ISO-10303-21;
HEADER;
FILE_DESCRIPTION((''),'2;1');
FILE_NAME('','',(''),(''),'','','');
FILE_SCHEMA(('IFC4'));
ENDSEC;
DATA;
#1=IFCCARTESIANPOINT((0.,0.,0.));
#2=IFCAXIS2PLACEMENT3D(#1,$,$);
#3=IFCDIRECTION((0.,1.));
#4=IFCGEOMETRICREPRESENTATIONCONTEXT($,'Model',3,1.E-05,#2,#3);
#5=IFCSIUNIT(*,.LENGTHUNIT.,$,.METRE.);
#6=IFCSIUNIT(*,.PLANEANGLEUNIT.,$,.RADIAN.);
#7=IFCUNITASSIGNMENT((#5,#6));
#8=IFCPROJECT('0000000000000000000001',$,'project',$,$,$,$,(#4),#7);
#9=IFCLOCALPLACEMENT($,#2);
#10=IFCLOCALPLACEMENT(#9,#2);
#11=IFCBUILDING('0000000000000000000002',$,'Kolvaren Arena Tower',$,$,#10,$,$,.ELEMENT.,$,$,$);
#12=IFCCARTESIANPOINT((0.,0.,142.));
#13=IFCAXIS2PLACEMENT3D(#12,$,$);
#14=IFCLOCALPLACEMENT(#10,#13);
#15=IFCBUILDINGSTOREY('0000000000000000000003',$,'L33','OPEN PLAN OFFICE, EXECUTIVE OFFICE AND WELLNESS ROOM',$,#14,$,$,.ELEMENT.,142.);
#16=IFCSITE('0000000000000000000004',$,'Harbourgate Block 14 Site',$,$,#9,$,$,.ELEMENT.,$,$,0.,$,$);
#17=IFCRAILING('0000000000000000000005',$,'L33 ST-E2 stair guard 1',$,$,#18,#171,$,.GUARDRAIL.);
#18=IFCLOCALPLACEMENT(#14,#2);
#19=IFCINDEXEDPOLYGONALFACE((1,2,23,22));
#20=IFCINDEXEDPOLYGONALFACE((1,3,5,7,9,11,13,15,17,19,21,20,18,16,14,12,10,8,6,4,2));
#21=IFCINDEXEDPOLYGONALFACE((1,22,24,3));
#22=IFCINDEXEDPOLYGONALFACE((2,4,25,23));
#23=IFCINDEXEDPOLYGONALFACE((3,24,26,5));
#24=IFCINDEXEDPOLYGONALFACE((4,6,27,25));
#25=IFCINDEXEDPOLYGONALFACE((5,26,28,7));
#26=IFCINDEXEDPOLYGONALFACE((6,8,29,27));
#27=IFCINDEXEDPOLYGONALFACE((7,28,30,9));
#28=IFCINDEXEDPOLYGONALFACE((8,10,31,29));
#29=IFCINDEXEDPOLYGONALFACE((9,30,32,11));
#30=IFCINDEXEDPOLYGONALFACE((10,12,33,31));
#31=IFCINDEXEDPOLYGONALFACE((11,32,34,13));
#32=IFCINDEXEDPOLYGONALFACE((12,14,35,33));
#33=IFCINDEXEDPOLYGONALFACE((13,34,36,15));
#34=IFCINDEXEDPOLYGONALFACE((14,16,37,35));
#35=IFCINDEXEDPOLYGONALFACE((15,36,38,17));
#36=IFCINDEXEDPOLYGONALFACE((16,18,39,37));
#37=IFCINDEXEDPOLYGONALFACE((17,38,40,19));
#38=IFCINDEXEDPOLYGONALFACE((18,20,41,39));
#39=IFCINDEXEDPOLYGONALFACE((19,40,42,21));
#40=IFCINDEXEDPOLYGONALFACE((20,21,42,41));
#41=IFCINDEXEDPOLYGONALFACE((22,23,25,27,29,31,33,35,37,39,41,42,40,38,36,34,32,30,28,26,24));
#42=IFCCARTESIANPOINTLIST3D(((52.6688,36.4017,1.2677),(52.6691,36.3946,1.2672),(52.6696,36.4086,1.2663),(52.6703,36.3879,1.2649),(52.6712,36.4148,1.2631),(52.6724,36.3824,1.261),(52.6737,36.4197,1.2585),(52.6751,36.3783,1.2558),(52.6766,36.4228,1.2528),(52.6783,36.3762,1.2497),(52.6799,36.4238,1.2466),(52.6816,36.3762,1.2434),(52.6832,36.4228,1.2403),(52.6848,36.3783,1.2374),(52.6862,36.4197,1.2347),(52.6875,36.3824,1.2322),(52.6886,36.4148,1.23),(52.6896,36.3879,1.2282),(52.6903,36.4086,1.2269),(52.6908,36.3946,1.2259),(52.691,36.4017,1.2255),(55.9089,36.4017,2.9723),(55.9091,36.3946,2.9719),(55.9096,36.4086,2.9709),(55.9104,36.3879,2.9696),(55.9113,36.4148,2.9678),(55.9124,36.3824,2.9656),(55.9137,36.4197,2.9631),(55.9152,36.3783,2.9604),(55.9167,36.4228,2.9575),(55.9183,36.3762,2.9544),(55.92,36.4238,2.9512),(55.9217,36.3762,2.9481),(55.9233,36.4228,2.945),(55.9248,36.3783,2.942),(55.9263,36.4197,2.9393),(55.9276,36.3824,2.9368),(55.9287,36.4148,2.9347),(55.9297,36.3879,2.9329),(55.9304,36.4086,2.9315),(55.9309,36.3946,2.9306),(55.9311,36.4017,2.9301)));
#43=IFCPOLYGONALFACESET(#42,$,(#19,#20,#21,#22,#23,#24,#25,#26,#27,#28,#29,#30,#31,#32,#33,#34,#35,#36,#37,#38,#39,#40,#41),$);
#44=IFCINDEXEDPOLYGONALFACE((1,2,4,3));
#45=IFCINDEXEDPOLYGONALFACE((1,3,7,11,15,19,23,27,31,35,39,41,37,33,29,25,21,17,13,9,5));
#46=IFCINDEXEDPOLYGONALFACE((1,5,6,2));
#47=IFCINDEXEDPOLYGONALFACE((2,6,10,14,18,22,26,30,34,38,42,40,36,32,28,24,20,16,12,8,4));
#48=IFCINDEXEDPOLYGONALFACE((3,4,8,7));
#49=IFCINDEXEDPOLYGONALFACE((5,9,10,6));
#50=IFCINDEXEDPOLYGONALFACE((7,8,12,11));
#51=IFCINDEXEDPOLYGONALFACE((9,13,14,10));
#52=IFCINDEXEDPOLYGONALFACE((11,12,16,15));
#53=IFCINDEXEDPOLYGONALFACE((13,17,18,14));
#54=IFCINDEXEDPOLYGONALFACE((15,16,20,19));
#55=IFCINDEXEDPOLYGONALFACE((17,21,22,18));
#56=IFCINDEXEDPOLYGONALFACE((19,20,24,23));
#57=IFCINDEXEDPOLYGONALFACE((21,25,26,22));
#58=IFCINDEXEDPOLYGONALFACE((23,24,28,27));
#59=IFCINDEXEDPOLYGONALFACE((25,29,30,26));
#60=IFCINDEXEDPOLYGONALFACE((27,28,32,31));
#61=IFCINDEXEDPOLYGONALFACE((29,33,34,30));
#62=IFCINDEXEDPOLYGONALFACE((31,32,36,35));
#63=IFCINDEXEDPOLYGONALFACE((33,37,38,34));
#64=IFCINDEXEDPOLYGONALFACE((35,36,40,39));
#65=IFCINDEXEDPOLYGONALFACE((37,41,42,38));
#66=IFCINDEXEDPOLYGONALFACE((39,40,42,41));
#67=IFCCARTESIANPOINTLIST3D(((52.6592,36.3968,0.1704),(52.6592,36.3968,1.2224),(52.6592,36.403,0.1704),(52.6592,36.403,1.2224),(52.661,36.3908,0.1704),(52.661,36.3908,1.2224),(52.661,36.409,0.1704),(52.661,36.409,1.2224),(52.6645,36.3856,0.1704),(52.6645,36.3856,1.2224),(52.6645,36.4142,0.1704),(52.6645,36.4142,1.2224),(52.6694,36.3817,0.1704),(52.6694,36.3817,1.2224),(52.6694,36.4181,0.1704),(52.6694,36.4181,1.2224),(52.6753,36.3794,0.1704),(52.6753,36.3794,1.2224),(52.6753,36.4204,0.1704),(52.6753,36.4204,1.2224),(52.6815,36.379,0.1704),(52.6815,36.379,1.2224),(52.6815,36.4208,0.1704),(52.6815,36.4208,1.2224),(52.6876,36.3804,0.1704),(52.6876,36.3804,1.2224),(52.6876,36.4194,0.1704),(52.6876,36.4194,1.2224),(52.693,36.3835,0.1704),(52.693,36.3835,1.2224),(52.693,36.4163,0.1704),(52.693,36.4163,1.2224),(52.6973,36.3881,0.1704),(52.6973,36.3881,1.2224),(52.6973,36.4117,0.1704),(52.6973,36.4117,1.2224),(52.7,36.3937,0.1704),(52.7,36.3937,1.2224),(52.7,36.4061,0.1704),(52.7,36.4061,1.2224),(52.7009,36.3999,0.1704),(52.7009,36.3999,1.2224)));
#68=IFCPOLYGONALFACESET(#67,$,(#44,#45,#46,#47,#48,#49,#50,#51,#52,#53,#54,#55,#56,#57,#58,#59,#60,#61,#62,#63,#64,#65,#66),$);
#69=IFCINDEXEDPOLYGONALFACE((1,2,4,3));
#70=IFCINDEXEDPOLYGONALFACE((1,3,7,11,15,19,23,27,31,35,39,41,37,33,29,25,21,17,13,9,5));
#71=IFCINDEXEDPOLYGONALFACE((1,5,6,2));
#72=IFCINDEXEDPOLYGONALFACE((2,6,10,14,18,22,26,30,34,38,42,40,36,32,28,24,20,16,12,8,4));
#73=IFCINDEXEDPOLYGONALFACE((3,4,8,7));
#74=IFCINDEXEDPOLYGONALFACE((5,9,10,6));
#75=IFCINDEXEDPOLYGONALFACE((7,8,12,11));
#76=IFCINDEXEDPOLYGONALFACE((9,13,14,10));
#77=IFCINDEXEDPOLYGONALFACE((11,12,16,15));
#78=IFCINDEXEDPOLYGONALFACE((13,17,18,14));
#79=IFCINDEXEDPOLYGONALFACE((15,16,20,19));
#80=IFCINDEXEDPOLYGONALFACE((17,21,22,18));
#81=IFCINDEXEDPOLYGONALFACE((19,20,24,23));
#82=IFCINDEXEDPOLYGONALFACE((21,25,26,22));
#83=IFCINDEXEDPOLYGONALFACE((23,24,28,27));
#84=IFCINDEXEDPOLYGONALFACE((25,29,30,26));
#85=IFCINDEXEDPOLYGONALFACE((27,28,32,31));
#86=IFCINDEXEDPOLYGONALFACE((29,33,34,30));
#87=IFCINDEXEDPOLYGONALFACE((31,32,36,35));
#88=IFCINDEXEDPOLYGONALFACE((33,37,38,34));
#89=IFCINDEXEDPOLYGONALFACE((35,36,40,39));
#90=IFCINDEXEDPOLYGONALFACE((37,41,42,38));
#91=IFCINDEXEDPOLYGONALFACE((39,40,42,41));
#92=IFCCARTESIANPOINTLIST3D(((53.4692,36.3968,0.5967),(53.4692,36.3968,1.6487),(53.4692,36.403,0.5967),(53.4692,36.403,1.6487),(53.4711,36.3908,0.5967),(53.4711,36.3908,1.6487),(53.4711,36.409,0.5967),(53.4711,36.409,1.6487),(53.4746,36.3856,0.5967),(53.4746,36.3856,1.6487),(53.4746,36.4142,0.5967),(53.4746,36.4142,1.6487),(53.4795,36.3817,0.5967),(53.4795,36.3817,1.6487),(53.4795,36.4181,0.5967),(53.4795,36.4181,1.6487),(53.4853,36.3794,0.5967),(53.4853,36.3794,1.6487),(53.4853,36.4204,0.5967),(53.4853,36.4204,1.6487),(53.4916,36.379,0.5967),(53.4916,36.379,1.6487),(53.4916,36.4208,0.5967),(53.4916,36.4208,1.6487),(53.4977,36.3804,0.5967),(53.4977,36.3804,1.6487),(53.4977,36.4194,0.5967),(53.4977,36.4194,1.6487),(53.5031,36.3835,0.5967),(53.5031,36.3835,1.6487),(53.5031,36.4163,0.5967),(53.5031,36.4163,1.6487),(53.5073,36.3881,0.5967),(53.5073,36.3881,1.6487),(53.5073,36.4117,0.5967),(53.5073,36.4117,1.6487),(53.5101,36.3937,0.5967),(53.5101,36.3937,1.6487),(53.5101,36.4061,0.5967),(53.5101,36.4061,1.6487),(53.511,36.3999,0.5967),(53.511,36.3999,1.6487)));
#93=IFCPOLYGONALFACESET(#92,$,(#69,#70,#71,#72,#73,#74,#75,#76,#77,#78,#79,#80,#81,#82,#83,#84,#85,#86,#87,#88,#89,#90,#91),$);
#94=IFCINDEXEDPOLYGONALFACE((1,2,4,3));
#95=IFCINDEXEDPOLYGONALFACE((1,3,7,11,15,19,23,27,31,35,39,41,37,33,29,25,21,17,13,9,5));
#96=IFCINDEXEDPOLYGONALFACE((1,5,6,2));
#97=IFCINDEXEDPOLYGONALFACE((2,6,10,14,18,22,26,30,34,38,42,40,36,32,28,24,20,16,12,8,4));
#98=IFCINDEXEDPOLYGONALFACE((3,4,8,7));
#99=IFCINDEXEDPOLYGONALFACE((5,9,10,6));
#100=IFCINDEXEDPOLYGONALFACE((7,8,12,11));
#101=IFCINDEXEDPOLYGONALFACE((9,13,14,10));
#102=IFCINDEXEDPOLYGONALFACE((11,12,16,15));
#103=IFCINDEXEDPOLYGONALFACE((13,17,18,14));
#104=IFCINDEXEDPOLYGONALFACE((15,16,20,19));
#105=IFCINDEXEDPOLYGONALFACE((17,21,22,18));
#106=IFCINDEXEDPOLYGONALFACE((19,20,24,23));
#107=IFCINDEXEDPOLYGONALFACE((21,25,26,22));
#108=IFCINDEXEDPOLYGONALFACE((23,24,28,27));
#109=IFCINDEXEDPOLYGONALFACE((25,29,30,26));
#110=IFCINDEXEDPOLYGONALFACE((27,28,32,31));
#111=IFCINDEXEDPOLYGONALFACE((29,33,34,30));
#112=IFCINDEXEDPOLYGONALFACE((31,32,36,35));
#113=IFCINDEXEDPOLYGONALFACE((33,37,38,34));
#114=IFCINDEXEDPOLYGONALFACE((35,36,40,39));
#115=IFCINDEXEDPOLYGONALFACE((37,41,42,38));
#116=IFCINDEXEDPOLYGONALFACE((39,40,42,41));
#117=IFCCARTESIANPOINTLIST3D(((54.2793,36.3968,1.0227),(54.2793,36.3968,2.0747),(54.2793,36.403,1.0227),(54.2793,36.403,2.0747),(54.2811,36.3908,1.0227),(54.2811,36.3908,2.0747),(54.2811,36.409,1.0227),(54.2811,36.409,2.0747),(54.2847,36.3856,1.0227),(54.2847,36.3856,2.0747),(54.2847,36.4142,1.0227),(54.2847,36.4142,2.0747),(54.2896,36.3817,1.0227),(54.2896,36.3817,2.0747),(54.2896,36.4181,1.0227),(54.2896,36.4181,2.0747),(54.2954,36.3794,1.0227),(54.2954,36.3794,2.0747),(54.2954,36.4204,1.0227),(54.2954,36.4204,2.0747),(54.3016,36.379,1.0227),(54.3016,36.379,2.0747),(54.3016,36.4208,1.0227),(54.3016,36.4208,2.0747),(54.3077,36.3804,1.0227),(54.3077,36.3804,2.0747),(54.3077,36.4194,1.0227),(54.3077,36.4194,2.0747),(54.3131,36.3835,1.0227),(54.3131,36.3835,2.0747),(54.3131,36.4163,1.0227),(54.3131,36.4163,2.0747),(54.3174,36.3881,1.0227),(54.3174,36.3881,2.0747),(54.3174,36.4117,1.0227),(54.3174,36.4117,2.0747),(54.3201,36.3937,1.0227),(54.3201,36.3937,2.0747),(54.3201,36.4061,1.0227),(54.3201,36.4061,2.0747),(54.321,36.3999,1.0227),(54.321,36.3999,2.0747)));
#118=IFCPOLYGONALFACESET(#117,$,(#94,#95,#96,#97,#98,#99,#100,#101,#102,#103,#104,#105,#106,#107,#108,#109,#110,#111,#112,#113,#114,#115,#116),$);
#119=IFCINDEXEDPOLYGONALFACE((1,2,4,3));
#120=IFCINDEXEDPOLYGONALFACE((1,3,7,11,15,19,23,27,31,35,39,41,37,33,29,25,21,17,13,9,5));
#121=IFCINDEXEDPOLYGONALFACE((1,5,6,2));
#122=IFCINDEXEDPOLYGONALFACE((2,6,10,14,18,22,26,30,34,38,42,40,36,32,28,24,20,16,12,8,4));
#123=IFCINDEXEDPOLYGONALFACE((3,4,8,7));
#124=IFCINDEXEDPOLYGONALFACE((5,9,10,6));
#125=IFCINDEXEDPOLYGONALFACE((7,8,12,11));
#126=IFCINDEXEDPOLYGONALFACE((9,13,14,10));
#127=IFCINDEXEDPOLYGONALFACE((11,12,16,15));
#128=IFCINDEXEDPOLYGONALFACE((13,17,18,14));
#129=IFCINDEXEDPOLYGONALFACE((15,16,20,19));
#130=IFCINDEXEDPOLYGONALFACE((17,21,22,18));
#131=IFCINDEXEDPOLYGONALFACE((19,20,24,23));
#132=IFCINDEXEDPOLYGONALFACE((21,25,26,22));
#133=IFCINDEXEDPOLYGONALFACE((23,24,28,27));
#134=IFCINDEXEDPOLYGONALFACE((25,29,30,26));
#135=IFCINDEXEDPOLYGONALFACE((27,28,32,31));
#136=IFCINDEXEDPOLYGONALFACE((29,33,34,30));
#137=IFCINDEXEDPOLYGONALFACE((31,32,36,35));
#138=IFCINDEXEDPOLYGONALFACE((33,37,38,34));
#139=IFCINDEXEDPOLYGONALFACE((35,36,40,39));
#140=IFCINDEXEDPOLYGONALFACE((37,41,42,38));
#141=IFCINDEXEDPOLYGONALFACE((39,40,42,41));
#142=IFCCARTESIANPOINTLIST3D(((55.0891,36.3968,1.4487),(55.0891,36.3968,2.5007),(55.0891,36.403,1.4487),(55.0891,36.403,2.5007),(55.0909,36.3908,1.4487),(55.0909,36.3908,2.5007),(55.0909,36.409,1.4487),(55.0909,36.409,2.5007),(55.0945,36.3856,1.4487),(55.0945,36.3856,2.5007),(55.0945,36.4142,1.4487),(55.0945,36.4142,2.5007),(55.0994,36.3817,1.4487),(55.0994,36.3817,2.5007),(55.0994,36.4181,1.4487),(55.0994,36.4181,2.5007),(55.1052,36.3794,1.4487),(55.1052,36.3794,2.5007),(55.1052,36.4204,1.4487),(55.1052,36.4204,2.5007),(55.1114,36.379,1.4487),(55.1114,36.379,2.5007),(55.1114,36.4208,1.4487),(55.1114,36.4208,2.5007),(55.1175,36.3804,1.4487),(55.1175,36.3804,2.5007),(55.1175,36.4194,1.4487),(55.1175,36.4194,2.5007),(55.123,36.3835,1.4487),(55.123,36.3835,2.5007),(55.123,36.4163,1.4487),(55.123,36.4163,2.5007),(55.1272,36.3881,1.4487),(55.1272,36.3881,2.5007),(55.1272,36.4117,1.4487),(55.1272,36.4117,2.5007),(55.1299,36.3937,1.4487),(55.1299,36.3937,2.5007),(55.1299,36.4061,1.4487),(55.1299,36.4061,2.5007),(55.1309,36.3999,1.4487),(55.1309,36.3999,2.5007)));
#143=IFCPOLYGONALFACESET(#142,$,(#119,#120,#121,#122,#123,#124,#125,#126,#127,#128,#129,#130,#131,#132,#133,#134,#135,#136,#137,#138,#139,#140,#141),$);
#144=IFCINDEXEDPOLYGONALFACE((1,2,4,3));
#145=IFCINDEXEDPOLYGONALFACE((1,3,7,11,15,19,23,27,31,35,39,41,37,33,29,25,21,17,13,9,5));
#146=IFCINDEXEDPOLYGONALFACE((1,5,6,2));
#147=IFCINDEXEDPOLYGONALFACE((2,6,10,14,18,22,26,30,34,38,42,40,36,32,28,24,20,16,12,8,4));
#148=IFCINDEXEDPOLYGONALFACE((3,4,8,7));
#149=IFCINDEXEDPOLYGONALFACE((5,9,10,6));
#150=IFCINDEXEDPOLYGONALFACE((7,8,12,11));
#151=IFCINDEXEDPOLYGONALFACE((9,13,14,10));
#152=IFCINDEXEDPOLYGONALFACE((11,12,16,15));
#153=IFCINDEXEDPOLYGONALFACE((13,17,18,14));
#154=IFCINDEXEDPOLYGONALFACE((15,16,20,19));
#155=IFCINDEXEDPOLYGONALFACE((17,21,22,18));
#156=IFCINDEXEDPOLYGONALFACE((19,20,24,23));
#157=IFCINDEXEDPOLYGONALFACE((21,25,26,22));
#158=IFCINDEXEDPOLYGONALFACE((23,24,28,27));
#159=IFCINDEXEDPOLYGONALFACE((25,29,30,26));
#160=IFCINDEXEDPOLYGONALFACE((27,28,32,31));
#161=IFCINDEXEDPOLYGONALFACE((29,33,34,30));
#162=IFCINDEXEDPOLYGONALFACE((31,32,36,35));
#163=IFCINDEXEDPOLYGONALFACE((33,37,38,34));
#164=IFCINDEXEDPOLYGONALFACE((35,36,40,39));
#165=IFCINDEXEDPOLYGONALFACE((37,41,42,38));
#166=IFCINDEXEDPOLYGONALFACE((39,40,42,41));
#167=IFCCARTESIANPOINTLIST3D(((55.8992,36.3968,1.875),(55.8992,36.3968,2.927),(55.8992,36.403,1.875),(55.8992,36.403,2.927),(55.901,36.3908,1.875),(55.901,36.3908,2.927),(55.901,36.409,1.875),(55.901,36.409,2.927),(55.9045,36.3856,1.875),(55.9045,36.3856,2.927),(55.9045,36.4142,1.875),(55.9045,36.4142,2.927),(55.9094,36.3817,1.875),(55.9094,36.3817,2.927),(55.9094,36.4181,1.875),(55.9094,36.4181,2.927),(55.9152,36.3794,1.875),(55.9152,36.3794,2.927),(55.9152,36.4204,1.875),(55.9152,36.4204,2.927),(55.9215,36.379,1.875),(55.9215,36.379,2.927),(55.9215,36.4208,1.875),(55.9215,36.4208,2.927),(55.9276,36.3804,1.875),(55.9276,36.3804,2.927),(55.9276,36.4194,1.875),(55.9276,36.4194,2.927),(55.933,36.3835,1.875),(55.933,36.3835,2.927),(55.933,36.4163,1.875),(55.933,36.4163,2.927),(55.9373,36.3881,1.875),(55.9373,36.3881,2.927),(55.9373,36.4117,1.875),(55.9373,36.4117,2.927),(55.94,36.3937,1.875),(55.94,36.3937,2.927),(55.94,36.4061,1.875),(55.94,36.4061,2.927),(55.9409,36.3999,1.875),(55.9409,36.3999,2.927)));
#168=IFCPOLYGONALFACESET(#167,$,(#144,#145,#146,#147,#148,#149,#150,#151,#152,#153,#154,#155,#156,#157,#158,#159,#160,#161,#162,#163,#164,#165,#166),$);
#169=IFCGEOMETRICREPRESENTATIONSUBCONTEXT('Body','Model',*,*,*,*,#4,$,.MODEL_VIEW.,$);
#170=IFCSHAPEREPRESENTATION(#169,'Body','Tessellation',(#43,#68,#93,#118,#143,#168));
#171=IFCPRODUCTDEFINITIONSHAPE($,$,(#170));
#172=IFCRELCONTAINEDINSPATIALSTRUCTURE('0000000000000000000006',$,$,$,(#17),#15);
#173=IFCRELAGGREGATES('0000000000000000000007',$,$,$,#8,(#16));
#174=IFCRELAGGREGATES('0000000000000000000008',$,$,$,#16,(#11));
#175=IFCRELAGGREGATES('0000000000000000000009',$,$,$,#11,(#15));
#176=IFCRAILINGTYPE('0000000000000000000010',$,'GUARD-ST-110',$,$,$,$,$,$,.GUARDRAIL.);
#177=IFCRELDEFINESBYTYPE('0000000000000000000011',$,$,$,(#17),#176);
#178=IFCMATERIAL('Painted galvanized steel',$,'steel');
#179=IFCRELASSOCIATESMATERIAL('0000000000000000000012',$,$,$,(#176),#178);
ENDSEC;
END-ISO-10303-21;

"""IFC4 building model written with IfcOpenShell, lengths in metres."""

from ifc_helpers import new_model, si_unit, direction, frame, origin, origin_2d, place, context, subcontext, project, spatial, circle, extrude, material, type_object, element, save


model = new_model("IFC4")

# Units and contexts
model_context = context("Model", 3, precision=1e-05, world=origin(), true_north=direction((0.0, 1.0)))
body_context = subcontext(model_context, "Body", "Model", "MODEL_VIEW")
ifc_project = project(units=[si_unit("LENGTHUNIT", "METRE"), si_unit("PLANEANGLEUNIT", "RADIAN")], contexts=[model_context])

# Site, building, storey
site_placement = place(None, origin())
site = spatial("IfcSite", under=ifc_project, at=site_placement, Name="Harbourgate Block 14 Site", CompositionType="ELEMENT", RefElevation=0.0)
building_placement = place(site_placement, origin())
building = spatial("IfcBuilding", under=site, at=building_placement, Name="Kolvaren Arena Tower", CompositionType="ELEMENT")
storey_placement = place(building_placement, frame((0.0, 0.0, 142.0)))
storey = spatial("IfcBuildingStorey", under=building, at=storey_placement, Name="L33", Description="OPEN PLAN OFFICE, EXECUTIVE OFFICE AND WELLNESS ROOM", CompositionType="ELEMENT", Elevation=142.0)

# Railing
ifc_material_1 = material(Name="Painted galvanized steel", Category="steel")
railing_type_1 = type_object("IfcRailingType", Name="GUARD-ST-110", PredefinedType="GUARDRAIL", material=ifc_material_1)
railing_1_placement = place(storey_placement, frame((52.6799, 36.3999, 0.1704)))
element("IfcRailing", 1, at=railing_1_placement, inside=storey, type_object=railing_type_1, Name="L33 ST-E2 stair guard 1", PredefinedType="GUARDRAIL", context=body_context, shape_type="SweptSolid", body=[
    extrude(circle(Radius=0.0239, at=origin_2d()), frame((0.0, 0.0, 1.0762), z_axis=(0.884993, 0.0, 0.465604), x_axis=(0.0, 1.0, 0.0)), (0.0, 0.0, 1.0), 3.6611),
    extrude(circle(Radius=0.021, at=origin_2d()), origin(), (0.0, 0.0, 1.0), 1.052),
    extrude(circle(Radius=0.021, at=origin_2d()), frame((0.8101, 0.0, 0.4263)), (0.0, 0.0, 1.0), 1.052),
    extrude(circle(Radius=0.021, at=origin_2d()), frame((1.6201, 0.0, 0.8523)), (0.0, 0.0, 1.0), 1.052),
    extrude(circle(Radius=0.021, at=origin_2d()), frame((2.4299, 0.0, 1.2783)), (0.0, 0.0, 1.0), 1.052),
    extrude(circle(Radius=0.021, at=origin_2d()), frame((3.24, 0.0, 1.7046)), (0.0, 0.0, 1.0), 1.052),
])

save(model, "model.ifc")
